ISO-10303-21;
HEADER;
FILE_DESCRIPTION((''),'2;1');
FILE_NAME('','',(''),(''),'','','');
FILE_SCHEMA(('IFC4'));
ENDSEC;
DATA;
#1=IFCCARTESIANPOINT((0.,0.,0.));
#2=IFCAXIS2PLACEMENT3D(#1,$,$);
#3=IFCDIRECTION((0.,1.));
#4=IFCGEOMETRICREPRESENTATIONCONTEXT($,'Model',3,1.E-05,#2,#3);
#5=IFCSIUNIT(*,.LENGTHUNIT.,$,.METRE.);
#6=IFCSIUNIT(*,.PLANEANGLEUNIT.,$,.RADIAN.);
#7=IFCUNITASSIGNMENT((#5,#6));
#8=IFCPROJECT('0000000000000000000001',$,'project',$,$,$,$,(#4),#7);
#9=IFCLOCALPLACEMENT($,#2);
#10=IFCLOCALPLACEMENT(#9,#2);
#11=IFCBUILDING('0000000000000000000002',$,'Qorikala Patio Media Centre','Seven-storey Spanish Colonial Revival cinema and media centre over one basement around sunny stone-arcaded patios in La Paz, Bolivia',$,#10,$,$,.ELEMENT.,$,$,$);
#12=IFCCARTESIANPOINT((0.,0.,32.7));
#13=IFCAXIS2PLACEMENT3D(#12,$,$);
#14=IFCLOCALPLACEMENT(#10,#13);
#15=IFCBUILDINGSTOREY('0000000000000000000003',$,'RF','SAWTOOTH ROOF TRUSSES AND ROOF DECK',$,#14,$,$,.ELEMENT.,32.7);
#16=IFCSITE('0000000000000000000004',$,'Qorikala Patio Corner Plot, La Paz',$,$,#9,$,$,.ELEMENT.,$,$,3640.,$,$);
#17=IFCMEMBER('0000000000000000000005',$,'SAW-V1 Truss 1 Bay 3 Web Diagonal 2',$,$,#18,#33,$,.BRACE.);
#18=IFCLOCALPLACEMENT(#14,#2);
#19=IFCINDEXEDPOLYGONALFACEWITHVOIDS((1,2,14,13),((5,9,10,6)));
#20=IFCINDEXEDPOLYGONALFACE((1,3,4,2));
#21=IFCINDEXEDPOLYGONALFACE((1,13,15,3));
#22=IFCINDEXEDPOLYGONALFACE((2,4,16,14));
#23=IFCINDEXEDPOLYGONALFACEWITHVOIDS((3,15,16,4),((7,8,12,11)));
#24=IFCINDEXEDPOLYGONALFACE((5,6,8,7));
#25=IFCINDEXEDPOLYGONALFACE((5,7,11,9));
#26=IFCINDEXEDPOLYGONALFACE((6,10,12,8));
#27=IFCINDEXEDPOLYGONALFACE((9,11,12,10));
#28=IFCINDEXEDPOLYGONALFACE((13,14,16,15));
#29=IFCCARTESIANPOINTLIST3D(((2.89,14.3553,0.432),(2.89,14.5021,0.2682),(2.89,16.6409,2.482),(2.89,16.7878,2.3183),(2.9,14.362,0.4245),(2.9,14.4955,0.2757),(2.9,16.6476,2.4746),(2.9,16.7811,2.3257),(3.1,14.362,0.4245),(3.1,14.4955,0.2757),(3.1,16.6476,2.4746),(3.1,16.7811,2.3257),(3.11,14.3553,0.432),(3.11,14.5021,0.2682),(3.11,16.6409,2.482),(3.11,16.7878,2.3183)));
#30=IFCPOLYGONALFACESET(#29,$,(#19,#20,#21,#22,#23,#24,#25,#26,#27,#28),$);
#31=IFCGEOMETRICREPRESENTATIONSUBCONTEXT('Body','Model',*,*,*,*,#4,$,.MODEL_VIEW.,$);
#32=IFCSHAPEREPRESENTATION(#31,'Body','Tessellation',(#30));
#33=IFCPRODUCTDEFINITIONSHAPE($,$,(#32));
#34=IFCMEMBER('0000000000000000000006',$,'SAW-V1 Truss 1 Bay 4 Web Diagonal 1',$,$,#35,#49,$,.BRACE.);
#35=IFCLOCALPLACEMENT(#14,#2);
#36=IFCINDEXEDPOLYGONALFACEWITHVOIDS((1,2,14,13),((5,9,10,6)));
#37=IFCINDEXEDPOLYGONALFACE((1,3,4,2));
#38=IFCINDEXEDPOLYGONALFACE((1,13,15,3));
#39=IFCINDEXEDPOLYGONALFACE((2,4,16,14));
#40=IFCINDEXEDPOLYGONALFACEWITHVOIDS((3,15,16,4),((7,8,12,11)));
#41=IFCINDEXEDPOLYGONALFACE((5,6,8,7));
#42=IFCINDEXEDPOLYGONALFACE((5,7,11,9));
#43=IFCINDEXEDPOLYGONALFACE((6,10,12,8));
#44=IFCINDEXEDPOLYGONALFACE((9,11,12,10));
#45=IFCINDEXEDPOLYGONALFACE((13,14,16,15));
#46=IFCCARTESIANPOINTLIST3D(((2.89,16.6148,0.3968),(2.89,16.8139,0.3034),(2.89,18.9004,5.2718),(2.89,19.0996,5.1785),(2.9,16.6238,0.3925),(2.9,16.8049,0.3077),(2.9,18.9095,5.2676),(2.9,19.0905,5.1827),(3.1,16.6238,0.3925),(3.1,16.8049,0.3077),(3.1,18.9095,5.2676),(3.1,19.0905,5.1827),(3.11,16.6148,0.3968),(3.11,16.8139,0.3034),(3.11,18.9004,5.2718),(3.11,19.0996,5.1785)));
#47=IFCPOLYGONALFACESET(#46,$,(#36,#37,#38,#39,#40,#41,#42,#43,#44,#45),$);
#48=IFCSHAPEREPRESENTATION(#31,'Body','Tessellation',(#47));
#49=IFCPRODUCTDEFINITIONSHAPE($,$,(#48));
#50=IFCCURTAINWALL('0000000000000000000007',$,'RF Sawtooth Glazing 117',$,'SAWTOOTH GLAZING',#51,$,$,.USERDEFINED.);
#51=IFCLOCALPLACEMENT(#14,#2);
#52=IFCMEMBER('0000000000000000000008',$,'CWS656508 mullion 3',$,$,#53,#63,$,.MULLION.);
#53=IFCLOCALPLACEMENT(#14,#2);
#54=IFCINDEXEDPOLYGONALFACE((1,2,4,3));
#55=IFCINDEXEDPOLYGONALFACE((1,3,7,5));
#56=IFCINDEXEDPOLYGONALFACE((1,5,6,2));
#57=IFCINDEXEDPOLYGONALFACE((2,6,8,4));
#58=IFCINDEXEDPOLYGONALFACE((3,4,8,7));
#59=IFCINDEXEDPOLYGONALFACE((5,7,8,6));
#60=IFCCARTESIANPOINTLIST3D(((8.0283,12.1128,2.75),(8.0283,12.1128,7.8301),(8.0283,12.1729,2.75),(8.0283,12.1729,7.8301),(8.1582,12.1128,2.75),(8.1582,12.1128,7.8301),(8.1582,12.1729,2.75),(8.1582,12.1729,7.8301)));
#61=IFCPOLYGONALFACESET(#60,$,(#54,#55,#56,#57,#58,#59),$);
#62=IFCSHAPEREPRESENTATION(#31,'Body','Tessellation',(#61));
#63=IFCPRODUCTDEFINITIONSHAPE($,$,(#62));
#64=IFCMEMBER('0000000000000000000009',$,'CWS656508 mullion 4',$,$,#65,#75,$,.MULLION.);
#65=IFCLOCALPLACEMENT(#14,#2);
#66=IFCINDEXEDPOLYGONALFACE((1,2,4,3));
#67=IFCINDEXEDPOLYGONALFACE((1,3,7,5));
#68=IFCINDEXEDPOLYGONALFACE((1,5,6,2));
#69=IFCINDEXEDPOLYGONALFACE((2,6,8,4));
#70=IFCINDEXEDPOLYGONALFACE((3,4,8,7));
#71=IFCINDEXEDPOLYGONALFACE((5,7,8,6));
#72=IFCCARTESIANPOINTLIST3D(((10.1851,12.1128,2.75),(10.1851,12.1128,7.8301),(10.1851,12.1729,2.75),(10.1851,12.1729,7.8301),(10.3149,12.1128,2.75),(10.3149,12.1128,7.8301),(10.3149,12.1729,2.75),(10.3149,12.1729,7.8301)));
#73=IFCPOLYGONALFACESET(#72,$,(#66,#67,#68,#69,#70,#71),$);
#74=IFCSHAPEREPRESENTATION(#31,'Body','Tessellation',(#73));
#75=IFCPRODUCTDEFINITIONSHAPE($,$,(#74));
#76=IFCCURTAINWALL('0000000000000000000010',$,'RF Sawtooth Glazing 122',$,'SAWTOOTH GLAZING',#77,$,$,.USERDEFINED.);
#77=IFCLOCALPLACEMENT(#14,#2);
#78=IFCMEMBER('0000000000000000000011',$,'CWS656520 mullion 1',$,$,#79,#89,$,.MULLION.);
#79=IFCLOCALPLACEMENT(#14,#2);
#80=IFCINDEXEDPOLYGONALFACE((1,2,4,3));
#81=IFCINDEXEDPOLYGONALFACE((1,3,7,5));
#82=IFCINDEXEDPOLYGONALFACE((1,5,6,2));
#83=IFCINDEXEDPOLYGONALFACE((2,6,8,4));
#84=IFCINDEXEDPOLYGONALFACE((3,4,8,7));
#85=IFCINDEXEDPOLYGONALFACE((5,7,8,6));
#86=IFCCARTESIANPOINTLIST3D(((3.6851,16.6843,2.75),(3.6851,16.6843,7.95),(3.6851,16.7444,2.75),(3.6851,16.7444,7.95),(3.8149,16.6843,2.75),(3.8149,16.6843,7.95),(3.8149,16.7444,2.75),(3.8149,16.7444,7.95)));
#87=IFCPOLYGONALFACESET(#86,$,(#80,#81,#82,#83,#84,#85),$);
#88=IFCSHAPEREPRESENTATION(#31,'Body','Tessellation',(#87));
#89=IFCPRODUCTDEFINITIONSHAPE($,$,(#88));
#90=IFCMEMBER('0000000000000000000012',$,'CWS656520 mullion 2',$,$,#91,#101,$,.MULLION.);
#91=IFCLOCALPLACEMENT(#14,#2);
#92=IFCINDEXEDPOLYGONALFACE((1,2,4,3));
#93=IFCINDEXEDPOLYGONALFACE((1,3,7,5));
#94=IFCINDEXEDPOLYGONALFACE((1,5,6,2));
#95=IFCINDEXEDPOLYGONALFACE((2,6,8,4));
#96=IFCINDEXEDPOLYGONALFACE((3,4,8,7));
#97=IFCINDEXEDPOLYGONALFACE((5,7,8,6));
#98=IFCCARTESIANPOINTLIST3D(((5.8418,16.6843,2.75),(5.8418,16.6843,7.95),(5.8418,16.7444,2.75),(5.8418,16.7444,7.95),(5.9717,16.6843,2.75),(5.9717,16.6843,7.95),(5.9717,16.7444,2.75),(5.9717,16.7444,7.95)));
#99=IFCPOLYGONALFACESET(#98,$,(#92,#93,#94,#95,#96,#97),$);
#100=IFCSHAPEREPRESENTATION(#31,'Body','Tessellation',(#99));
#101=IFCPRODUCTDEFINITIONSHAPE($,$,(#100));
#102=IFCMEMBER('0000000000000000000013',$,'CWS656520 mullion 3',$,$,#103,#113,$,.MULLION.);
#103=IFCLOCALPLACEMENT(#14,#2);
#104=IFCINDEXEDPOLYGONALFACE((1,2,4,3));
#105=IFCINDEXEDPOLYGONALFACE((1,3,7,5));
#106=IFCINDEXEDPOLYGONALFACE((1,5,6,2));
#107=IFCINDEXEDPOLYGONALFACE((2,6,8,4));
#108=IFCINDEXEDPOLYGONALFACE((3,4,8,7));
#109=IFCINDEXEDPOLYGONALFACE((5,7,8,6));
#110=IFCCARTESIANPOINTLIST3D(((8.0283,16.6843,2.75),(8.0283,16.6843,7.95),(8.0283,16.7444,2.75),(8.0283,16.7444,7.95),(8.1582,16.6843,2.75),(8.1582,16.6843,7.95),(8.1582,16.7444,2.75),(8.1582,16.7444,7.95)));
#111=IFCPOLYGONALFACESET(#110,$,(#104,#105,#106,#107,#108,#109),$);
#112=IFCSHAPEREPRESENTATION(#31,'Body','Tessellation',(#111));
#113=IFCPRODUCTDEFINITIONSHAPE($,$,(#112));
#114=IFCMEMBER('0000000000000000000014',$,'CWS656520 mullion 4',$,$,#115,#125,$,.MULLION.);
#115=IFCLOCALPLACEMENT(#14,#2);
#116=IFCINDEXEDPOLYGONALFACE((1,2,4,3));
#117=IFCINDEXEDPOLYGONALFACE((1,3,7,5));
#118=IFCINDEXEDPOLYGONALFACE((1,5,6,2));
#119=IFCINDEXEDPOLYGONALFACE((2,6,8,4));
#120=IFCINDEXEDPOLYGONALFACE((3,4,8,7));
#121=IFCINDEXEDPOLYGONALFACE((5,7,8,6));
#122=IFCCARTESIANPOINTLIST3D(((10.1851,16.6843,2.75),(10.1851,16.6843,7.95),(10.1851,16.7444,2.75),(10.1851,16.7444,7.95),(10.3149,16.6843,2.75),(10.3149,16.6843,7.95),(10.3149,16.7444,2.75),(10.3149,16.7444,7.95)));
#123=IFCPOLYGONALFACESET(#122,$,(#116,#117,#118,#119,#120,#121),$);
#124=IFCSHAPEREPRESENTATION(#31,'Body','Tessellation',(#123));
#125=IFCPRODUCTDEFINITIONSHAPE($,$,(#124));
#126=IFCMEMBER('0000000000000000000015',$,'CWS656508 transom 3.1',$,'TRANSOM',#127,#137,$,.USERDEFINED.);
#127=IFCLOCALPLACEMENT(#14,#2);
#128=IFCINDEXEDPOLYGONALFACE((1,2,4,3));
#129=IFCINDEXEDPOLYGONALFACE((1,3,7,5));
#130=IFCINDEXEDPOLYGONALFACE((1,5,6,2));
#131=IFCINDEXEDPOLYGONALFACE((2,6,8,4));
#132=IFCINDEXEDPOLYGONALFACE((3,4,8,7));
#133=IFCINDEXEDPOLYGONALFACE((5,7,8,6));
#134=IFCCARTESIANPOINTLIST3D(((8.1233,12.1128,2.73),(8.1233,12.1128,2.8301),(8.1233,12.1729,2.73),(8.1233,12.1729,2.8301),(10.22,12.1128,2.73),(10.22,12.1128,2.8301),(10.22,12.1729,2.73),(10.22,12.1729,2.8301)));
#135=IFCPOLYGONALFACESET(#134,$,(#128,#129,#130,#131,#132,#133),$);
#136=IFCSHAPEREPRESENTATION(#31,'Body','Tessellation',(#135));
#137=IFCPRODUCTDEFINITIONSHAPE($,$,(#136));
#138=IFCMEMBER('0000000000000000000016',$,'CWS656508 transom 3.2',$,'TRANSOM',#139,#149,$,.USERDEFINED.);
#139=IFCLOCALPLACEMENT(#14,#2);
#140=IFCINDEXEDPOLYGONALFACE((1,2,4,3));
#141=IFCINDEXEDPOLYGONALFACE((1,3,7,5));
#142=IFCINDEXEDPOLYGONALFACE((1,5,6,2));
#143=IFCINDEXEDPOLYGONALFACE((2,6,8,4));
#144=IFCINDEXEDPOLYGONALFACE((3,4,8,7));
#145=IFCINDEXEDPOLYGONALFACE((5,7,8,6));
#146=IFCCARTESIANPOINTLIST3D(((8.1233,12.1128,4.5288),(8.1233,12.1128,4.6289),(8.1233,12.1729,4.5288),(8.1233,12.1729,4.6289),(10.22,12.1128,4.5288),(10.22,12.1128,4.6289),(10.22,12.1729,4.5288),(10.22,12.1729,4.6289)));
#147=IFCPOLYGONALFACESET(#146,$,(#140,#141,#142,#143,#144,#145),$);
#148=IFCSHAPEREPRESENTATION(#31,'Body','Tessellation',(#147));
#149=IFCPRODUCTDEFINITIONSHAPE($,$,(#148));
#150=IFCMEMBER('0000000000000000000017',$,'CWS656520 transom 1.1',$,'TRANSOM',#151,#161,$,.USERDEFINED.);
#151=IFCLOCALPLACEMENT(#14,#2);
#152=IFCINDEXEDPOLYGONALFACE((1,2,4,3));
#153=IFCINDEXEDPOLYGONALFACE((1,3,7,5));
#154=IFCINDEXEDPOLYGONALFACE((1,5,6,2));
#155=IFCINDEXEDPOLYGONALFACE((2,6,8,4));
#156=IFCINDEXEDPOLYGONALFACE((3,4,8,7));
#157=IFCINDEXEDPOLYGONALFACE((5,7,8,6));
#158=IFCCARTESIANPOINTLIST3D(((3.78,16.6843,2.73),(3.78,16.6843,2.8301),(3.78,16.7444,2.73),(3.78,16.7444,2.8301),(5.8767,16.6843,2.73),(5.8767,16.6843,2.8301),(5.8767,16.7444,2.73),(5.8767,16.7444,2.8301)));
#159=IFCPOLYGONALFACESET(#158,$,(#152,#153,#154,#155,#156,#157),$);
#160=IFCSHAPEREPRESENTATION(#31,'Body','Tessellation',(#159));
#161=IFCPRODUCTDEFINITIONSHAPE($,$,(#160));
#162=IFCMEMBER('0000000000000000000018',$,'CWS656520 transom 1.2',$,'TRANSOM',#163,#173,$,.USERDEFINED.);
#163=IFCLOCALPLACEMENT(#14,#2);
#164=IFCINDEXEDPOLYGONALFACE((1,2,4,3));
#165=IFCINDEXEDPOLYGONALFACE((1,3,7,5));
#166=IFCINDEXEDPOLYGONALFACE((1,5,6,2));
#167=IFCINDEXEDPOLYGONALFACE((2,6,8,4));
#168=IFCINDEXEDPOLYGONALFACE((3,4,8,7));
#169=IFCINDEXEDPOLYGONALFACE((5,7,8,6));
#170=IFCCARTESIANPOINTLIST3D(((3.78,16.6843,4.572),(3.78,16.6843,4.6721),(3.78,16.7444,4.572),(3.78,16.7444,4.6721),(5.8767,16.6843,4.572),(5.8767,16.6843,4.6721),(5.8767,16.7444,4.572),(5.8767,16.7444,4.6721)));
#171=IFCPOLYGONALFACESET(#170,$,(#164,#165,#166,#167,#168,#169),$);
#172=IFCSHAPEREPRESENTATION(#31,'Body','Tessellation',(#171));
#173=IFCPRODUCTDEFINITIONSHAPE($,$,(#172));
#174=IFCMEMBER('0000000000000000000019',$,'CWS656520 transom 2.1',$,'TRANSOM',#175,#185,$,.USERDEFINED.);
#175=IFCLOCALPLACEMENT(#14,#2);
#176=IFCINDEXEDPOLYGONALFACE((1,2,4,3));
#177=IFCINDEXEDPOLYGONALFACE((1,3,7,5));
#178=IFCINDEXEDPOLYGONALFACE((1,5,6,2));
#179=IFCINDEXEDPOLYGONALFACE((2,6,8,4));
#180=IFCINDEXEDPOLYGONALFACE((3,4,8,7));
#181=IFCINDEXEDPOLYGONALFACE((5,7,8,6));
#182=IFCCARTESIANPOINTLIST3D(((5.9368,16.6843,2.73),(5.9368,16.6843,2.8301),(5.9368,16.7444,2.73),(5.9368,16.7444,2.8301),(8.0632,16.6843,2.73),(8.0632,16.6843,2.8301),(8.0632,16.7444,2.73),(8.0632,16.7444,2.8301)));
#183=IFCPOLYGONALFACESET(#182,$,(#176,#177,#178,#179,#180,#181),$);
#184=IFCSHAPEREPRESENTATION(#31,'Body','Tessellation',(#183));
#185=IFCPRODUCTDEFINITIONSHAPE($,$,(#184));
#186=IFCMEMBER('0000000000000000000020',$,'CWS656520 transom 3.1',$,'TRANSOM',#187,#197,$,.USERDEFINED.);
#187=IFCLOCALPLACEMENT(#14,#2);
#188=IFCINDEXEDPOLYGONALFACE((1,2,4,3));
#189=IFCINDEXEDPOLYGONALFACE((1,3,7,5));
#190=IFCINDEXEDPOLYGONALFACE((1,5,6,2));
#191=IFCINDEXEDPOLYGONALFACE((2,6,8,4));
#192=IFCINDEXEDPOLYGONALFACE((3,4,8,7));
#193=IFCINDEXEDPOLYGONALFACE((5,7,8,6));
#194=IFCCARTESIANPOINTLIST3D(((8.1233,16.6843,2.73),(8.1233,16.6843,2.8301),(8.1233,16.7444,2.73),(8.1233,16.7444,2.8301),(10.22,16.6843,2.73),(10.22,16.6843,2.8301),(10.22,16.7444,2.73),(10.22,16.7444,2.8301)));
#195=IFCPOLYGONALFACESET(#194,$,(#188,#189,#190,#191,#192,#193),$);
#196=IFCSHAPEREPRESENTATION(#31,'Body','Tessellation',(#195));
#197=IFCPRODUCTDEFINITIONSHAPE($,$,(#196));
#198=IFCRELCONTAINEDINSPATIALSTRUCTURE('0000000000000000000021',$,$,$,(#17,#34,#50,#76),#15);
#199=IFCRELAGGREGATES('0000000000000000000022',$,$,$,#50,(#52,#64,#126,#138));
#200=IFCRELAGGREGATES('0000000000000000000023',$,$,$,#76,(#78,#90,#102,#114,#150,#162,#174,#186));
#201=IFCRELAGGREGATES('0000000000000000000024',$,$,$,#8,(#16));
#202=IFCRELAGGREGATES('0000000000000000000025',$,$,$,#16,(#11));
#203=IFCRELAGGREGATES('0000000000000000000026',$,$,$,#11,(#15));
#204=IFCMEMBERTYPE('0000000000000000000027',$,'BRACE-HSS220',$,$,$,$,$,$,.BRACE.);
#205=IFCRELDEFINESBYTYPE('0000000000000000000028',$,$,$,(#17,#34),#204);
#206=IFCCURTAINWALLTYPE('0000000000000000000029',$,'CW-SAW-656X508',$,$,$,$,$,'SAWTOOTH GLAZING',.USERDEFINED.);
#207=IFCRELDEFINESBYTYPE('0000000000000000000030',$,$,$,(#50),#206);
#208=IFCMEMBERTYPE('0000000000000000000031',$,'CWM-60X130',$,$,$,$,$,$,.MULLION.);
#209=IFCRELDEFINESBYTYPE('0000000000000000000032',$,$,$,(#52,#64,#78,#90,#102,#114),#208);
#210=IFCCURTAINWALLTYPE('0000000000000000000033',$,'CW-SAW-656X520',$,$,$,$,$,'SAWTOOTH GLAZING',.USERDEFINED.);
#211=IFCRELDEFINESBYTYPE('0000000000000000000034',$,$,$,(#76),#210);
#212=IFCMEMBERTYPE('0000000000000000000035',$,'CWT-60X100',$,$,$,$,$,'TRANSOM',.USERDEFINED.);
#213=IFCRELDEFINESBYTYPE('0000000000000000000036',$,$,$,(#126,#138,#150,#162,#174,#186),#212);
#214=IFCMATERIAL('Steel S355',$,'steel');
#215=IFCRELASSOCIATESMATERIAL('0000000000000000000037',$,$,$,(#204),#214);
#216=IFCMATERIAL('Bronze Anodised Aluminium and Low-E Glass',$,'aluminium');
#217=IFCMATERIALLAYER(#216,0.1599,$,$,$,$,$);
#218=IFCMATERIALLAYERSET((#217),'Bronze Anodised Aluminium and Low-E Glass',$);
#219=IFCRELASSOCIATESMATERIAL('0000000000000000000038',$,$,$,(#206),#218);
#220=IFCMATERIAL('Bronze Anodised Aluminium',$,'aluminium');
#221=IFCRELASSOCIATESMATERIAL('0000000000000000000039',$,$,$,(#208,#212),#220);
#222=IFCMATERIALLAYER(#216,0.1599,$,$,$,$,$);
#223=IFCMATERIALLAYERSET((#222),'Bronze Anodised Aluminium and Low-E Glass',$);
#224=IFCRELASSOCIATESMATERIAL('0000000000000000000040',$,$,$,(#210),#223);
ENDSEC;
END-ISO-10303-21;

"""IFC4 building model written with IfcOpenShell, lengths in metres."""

from ifc_helpers import new_model, si_unit, direction, frame, origin, origin_2d, place, context, subcontext, project, spatial, rectangle, hollow_rectangle, extrude, material, layer, layer_set, material_profile, profile_set, type_object, element, aggregate, save


model = new_model("IFC4")

# Units and contexts
model_context = context("Model", 3, precision=1e-05, world=origin(), true_north=direction((0.0, 1.0)))
body_context = subcontext(model_context, "Body", "Model", "MODEL_VIEW")
ifc_project = project(units=[si_unit("LENGTHUNIT", "METRE"), si_unit("PLANEANGLEUNIT", "RADIAN")], contexts=[model_context])

# Site, building, storey
site_placement = place(None, origin())
site = spatial("IfcSite", under=ifc_project, at=site_placement, Name="Qorikala Patio Corner Plot, La Paz", CompositionType="ELEMENT", RefElevation=3640.0)
building_placement = place(site_placement, origin())
building = spatial("IfcBuilding", under=site, at=building_placement, Name="Qorikala Patio Media Centre", Description="Seven-storey Spanish Colonial Revival cinema and media centre over one basement around sunny stone-arcaded patios in La Paz, Bolivia", CompositionType="ELEMENT")
storey_placement = place(building_placement, frame((0.0, 0.0, 32.7)))
storey = spatial("IfcBuildingStorey", under=building, at=storey_placement, Name="RF", Description="SAWTOOTH ROOF TRUSSES AND ROOF DECK", CompositionType="ELEMENT", Elevation=32.7)

# Members
ifc_material_1 = material(Name="Steel S355", Category="steel")
ifc_material_profile_1 = material_profile(ifc_material_1, hollow_rectangle(XDim=0.22, YDim=0.22, WallThickness=0.01, at=origin_2d()), Name="HSS220X220X10")
ifc_profile_set_1 = profile_set([ifc_material_profile_1], Name="Steel S355")
member_type_1 = type_object("IfcMemberType", Name="BRACE-HSS220", PredefinedType="BRACE", material=ifc_profile_set_1)
member_1_placement = place(storey_placement, frame((3.0, 14.4287, 0.3501), z_axis=(0.0, 0.744432, 0.667699), x_axis=(-1.0, 0.0, 0.0)))
element("IfcMember", 1, at=member_1_placement, inside=storey, type_object=member_type_1, Name="SAW-V1 Truss 1 Bay 3 Web Diagonal 2", PredefinedType="BRACE", context=body_context, shape_type="SweptSolid", body=[
    extrude(hollow_rectangle(XDim=0.22, YDim=0.22, WallThickness=0.01, at=origin_2d()), origin(), (0.0, 0.0, 1.0), 3.0703),
])
member_2_placement = place(storey_placement, frame((3.0, 16.7144, 0.3501), z_axis=(0.0, 0.424508, 0.905424), x_axis=(-1.0, 0.0, 0.0)))
element("IfcMember", 2, at=member_2_placement, inside=storey, type_object=member_type_1, Name="SAW-V1 Truss 1 Bay 4 Web Diagonal 1", PredefinedType="BRACE", context=body_context, shape_type="SweptSolid", body=[
    extrude(hollow_rectangle(XDim=0.22, YDim=0.22, WallThickness=0.01, at=origin_2d()), origin(), (0.0, 0.0, 1.0), 5.3843),
])

# Curtain walls, members
ifc_material_2 = material(Name="Bronze Anodised Aluminium and Low-E Glass", Category="aluminium")
ifc_layer_1 = layer(ifc_material_2, 0.1599)
ifc_layer_set_1 = layer_set([ifc_layer_1], Name="Bronze Anodised Aluminium and Low-E Glass")
curtain_wall_type_1 = type_object("IfcCurtainWallType", Name="CW-SAW-656X508", ElementType="SAWTOOTH GLAZING", PredefinedType="USERDEFINED", material=ifc_layer_set_1)
curtain_wall_1_placement = place(storey_placement, origin())
curtain_wall_1 = element("IfcCurtainWall", 3, at=curtain_wall_1_placement, inside=storey, type_object=curtain_wall_type_1, Name="RF Sawtooth Glazing 117", ObjectType="SAWTOOTH GLAZING", PredefinedType="USERDEFINED")
ifc_material_3 = material(Name="Bronze Anodised Aluminium", Category="aluminium")
ifc_material_profile_2 = material_profile(ifc_material_3, rectangle(XDim=0.0601, YDim=0.1299, at=origin_2d()), Name="ALU MULLION 60x130")
ifc_profile_set_2 = profile_set([ifc_material_profile_2], Name="Bronze Anodised Aluminium")
member_type_2 = type_object("IfcMemberType", Name="CWM-60X130", PredefinedType="MULLION", material=ifc_profile_set_2)
member_3_placement = place(storey_placement, frame((8.0933, 12.1428, 2.75), z_axis=(0.0, 0.0, 1.0), x_axis=(0.0, 1.0, 0.0)))
member_3 = element("IfcMember", 4, at=member_3_placement, type_object=member_type_2, Name="CWS656508 mullion 3", PredefinedType="MULLION", context=body_context, shape_type="SweptSolid", body=[
    extrude(rectangle(XDim=0.0601, YDim=0.1299, at=origin_2d()), origin(), (0.0, 0.0, 1.0), 5.0801),
])
member_4_placement = place(storey_placement, frame((10.25, 12.1428, 2.75), z_axis=(0.0, 0.0, 1.0), x_axis=(0.0, 1.0, 0.0)))
member_4 = element("IfcMember", 5, at=member_4_placement, type_object=member_type_2, Name="CWS656508 mullion 4", PredefinedType="MULLION", context=body_context, shape_type="SweptSolid", body=[
    extrude(rectangle(XDim=0.0601, YDim=0.1299, at=origin_2d()), origin(), (0.0, 0.0, 1.0), 5.0801),
])
ifc_layer_2 = layer(ifc_material_2, 0.1599)
ifc_layer_set_2 = layer_set([ifc_layer_2], Name="Bronze Anodised Aluminium and Low-E Glass")
curtain_wall_type_2 = type_object("IfcCurtainWallType", Name="CW-SAW-656X520", ElementType="SAWTOOTH GLAZING", PredefinedType="USERDEFINED", material=ifc_layer_set_2)
curtain_wall_2_placement = place(storey_placement, origin())
curtain_wall_2 = element("IfcCurtainWall", 6, at=curtain_wall_2_placement, inside=storey, type_object=curtain_wall_type_2, Name="RF Sawtooth Glazing 122", ObjectType="SAWTOOTH GLAZING", PredefinedType="USERDEFINED")
member_5_placement = place(storey_placement, frame((3.75, 16.7144, 2.75), z_axis=(0.0, 0.0, 1.0), x_axis=(0.0, 1.0, 0.0)))
member_5 = element("IfcMember", 7, at=member_5_placement, type_object=member_type_2, Name="CWS656520 mullion 1", PredefinedType="MULLION", context=body_context, shape_type="SweptSolid", body=[
    extrude(rectangle(XDim=0.0601, YDim=0.1299, at=origin_2d()), origin(), (0.0, 0.0, 1.0), 5.2),
])
member_6_placement = place(storey_placement, frame((5.9067, 16.7144, 2.75), z_axis=(0.0, 0.0, 1.0), x_axis=(0.0, 1.0, 0.0)))
member_6 = element("IfcMember", 8, at=member_6_placement, type_object=member_type_2, Name="CWS656520 mullion 2", PredefinedType="MULLION", context=body_context, shape_type="SweptSolid", body=[
    extrude(rectangle(XDim=0.0601, YDim=0.1299, at=origin_2d()), origin(), (0.0, 0.0, 1.0), 5.2),
])
member_7_placement = place(storey_placement, frame((8.0933, 16.7144, 2.75), z_axis=(0.0, 0.0, 1.0), x_axis=(0.0, 1.0, 0.0)))
member_7 = element("IfcMember", 9, at=member_7_placement, type_object=member_type_2, Name="CWS656520 mullion 3", PredefinedType="MULLION", context=body_context, shape_type="SweptSolid", body=[
    extrude(rectangle(XDim=0.0601, YDim=0.1299, at=origin_2d()), origin(), (0.0, 0.0, 1.0), 5.2),
])
member_8_placement = place(storey_placement, frame((10.25, 16.7144, 2.75), z_axis=(0.0, 0.0, 1.0), x_axis=(0.0, 1.0, 0.0)))
member_8 = element("IfcMember", 10, at=member_8_placement, type_object=member_type_2, Name="CWS656520 mullion 4", PredefinedType="MULLION", context=body_context, shape_type="SweptSolid", body=[
    extrude(rectangle(XDim=0.0601, YDim=0.1299, at=origin_2d()), origin(), (0.0, 0.0, 1.0), 5.2),
])

# Members
ifc_material_profile_3 = material_profile(ifc_material_3, rectangle(XDim=0.0601, YDim=0.1001, at=origin_2d()), Name="ALU TRANSOM 60x100")
ifc_profile_set_3 = profile_set([ifc_material_profile_3], Name="Bronze Anodised Aluminium")
member_type_3 = type_object("IfcMemberType", Name="CWT-60X100", ElementType="TRANSOM", PredefinedType="USERDEFINED", material=ifc_profile_set_3)
member_9_placement = place(storey_placement, frame((8.1233, 12.1428, 2.78), z_axis=(1.0, 0.0, 0.0), x_axis=(0.0, 1.0, 0.0)))
member_9 = element("IfcMember", 11, at=member_9_placement, type_object=member_type_3, Name="CWS656508 transom 3.1", ObjectType="TRANSOM", PredefinedType="USERDEFINED", context=body_context, shape_type="SweptSolid", body=[
    extrude(rectangle(XDim=0.0601, YDim=0.1001, at=origin_2d()), origin(), (0.0, 0.0, 1.0), 2.0967),
])
member_10_placement = place(storey_placement, frame((8.1233, 12.1428, 4.5789), z_axis=(1.0, 0.0, 0.0), x_axis=(0.0, 1.0, 0.0)))
member_10 = element("IfcMember", 12, at=member_10_placement, type_object=member_type_3, Name="CWS656508 transom 3.2", ObjectType="TRANSOM", PredefinedType="USERDEFINED", context=body_context, shape_type="SweptSolid", body=[
    extrude(rectangle(XDim=0.0601, YDim=0.1001, at=origin_2d()), origin(), (0.0, 0.0, 1.0), 2.0967),
])
member_11_placement = place(storey_placement, frame((3.78, 16.7144, 2.78), z_axis=(1.0, 0.0, 0.0), x_axis=(0.0, 1.0, 0.0)))
member_11 = element("IfcMember", 13, at=member_11_placement, type_object=member_type_3, Name="CWS656520 transom 1.1", ObjectType="TRANSOM", PredefinedType="USERDEFINED", context=body_context, shape_type="SweptSolid", body=[
    extrude(rectangle(XDim=0.0601, YDim=0.1001, at=origin_2d()), origin(), (0.0, 0.0, 1.0), 2.0967),
])
member_12_placement = place(storey_placement, frame((3.78, 16.7144, 4.6221), z_axis=(1.0, 0.0, 0.0), x_axis=(0.0, 1.0, 0.0)))
member_12 = element("IfcMember", 14, at=member_12_placement, type_object=member_type_3, Name="CWS656520 transom 1.2", ObjectType="TRANSOM", PredefinedType="USERDEFINED", context=body_context, shape_type="SweptSolid", body=[
    extrude(rectangle(XDim=0.0601, YDim=0.1001, at=origin_2d()), origin(), (0.0, 0.0, 1.0), 2.0967),
])
member_13_placement = place(storey_placement, frame((5.9368, 16.7144, 2.78), z_axis=(1.0, 0.0, 0.0), x_axis=(0.0, 1.0, 0.0)))
member_13 = element("IfcMember", 15, at=member_13_placement, type_object=member_type_3, Name="CWS656520 transom 2.1", ObjectType="TRANSOM", PredefinedType="USERDEFINED", context=body_context, shape_type="SweptSolid", body=[
    extrude(rectangle(XDim=0.0601, YDim=0.1001, at=origin_2d()), origin(), (0.0, 0.0, 1.0), 2.1265),
])
member_14_placement = place(storey_placement, frame((8.1233, 16.7144, 2.78), z_axis=(1.0, 0.0, 0.0), x_axis=(0.0, 1.0, 0.0)))
member_14 = element("IfcMember", 16, at=member_14_placement, type_object=member_type_3, Name="CWS656520 transom 3.1", ObjectType="TRANSOM", PredefinedType="USERDEFINED", context=body_context, shape_type="SweptSolid", body=[
    extrude(rectangle(XDim=0.0601, YDim=0.1001, at=origin_2d()), origin(), (0.0, 0.0, 1.0), 2.0967),
])

aggregate(curtain_wall_1, [member_3, member_4, member_9, member_10])
aggregate(curtain_wall_2, [member_5, member_6, member_7, member_8, member_11, member_12, member_13, member_14])

save(model, "model.ifc")
